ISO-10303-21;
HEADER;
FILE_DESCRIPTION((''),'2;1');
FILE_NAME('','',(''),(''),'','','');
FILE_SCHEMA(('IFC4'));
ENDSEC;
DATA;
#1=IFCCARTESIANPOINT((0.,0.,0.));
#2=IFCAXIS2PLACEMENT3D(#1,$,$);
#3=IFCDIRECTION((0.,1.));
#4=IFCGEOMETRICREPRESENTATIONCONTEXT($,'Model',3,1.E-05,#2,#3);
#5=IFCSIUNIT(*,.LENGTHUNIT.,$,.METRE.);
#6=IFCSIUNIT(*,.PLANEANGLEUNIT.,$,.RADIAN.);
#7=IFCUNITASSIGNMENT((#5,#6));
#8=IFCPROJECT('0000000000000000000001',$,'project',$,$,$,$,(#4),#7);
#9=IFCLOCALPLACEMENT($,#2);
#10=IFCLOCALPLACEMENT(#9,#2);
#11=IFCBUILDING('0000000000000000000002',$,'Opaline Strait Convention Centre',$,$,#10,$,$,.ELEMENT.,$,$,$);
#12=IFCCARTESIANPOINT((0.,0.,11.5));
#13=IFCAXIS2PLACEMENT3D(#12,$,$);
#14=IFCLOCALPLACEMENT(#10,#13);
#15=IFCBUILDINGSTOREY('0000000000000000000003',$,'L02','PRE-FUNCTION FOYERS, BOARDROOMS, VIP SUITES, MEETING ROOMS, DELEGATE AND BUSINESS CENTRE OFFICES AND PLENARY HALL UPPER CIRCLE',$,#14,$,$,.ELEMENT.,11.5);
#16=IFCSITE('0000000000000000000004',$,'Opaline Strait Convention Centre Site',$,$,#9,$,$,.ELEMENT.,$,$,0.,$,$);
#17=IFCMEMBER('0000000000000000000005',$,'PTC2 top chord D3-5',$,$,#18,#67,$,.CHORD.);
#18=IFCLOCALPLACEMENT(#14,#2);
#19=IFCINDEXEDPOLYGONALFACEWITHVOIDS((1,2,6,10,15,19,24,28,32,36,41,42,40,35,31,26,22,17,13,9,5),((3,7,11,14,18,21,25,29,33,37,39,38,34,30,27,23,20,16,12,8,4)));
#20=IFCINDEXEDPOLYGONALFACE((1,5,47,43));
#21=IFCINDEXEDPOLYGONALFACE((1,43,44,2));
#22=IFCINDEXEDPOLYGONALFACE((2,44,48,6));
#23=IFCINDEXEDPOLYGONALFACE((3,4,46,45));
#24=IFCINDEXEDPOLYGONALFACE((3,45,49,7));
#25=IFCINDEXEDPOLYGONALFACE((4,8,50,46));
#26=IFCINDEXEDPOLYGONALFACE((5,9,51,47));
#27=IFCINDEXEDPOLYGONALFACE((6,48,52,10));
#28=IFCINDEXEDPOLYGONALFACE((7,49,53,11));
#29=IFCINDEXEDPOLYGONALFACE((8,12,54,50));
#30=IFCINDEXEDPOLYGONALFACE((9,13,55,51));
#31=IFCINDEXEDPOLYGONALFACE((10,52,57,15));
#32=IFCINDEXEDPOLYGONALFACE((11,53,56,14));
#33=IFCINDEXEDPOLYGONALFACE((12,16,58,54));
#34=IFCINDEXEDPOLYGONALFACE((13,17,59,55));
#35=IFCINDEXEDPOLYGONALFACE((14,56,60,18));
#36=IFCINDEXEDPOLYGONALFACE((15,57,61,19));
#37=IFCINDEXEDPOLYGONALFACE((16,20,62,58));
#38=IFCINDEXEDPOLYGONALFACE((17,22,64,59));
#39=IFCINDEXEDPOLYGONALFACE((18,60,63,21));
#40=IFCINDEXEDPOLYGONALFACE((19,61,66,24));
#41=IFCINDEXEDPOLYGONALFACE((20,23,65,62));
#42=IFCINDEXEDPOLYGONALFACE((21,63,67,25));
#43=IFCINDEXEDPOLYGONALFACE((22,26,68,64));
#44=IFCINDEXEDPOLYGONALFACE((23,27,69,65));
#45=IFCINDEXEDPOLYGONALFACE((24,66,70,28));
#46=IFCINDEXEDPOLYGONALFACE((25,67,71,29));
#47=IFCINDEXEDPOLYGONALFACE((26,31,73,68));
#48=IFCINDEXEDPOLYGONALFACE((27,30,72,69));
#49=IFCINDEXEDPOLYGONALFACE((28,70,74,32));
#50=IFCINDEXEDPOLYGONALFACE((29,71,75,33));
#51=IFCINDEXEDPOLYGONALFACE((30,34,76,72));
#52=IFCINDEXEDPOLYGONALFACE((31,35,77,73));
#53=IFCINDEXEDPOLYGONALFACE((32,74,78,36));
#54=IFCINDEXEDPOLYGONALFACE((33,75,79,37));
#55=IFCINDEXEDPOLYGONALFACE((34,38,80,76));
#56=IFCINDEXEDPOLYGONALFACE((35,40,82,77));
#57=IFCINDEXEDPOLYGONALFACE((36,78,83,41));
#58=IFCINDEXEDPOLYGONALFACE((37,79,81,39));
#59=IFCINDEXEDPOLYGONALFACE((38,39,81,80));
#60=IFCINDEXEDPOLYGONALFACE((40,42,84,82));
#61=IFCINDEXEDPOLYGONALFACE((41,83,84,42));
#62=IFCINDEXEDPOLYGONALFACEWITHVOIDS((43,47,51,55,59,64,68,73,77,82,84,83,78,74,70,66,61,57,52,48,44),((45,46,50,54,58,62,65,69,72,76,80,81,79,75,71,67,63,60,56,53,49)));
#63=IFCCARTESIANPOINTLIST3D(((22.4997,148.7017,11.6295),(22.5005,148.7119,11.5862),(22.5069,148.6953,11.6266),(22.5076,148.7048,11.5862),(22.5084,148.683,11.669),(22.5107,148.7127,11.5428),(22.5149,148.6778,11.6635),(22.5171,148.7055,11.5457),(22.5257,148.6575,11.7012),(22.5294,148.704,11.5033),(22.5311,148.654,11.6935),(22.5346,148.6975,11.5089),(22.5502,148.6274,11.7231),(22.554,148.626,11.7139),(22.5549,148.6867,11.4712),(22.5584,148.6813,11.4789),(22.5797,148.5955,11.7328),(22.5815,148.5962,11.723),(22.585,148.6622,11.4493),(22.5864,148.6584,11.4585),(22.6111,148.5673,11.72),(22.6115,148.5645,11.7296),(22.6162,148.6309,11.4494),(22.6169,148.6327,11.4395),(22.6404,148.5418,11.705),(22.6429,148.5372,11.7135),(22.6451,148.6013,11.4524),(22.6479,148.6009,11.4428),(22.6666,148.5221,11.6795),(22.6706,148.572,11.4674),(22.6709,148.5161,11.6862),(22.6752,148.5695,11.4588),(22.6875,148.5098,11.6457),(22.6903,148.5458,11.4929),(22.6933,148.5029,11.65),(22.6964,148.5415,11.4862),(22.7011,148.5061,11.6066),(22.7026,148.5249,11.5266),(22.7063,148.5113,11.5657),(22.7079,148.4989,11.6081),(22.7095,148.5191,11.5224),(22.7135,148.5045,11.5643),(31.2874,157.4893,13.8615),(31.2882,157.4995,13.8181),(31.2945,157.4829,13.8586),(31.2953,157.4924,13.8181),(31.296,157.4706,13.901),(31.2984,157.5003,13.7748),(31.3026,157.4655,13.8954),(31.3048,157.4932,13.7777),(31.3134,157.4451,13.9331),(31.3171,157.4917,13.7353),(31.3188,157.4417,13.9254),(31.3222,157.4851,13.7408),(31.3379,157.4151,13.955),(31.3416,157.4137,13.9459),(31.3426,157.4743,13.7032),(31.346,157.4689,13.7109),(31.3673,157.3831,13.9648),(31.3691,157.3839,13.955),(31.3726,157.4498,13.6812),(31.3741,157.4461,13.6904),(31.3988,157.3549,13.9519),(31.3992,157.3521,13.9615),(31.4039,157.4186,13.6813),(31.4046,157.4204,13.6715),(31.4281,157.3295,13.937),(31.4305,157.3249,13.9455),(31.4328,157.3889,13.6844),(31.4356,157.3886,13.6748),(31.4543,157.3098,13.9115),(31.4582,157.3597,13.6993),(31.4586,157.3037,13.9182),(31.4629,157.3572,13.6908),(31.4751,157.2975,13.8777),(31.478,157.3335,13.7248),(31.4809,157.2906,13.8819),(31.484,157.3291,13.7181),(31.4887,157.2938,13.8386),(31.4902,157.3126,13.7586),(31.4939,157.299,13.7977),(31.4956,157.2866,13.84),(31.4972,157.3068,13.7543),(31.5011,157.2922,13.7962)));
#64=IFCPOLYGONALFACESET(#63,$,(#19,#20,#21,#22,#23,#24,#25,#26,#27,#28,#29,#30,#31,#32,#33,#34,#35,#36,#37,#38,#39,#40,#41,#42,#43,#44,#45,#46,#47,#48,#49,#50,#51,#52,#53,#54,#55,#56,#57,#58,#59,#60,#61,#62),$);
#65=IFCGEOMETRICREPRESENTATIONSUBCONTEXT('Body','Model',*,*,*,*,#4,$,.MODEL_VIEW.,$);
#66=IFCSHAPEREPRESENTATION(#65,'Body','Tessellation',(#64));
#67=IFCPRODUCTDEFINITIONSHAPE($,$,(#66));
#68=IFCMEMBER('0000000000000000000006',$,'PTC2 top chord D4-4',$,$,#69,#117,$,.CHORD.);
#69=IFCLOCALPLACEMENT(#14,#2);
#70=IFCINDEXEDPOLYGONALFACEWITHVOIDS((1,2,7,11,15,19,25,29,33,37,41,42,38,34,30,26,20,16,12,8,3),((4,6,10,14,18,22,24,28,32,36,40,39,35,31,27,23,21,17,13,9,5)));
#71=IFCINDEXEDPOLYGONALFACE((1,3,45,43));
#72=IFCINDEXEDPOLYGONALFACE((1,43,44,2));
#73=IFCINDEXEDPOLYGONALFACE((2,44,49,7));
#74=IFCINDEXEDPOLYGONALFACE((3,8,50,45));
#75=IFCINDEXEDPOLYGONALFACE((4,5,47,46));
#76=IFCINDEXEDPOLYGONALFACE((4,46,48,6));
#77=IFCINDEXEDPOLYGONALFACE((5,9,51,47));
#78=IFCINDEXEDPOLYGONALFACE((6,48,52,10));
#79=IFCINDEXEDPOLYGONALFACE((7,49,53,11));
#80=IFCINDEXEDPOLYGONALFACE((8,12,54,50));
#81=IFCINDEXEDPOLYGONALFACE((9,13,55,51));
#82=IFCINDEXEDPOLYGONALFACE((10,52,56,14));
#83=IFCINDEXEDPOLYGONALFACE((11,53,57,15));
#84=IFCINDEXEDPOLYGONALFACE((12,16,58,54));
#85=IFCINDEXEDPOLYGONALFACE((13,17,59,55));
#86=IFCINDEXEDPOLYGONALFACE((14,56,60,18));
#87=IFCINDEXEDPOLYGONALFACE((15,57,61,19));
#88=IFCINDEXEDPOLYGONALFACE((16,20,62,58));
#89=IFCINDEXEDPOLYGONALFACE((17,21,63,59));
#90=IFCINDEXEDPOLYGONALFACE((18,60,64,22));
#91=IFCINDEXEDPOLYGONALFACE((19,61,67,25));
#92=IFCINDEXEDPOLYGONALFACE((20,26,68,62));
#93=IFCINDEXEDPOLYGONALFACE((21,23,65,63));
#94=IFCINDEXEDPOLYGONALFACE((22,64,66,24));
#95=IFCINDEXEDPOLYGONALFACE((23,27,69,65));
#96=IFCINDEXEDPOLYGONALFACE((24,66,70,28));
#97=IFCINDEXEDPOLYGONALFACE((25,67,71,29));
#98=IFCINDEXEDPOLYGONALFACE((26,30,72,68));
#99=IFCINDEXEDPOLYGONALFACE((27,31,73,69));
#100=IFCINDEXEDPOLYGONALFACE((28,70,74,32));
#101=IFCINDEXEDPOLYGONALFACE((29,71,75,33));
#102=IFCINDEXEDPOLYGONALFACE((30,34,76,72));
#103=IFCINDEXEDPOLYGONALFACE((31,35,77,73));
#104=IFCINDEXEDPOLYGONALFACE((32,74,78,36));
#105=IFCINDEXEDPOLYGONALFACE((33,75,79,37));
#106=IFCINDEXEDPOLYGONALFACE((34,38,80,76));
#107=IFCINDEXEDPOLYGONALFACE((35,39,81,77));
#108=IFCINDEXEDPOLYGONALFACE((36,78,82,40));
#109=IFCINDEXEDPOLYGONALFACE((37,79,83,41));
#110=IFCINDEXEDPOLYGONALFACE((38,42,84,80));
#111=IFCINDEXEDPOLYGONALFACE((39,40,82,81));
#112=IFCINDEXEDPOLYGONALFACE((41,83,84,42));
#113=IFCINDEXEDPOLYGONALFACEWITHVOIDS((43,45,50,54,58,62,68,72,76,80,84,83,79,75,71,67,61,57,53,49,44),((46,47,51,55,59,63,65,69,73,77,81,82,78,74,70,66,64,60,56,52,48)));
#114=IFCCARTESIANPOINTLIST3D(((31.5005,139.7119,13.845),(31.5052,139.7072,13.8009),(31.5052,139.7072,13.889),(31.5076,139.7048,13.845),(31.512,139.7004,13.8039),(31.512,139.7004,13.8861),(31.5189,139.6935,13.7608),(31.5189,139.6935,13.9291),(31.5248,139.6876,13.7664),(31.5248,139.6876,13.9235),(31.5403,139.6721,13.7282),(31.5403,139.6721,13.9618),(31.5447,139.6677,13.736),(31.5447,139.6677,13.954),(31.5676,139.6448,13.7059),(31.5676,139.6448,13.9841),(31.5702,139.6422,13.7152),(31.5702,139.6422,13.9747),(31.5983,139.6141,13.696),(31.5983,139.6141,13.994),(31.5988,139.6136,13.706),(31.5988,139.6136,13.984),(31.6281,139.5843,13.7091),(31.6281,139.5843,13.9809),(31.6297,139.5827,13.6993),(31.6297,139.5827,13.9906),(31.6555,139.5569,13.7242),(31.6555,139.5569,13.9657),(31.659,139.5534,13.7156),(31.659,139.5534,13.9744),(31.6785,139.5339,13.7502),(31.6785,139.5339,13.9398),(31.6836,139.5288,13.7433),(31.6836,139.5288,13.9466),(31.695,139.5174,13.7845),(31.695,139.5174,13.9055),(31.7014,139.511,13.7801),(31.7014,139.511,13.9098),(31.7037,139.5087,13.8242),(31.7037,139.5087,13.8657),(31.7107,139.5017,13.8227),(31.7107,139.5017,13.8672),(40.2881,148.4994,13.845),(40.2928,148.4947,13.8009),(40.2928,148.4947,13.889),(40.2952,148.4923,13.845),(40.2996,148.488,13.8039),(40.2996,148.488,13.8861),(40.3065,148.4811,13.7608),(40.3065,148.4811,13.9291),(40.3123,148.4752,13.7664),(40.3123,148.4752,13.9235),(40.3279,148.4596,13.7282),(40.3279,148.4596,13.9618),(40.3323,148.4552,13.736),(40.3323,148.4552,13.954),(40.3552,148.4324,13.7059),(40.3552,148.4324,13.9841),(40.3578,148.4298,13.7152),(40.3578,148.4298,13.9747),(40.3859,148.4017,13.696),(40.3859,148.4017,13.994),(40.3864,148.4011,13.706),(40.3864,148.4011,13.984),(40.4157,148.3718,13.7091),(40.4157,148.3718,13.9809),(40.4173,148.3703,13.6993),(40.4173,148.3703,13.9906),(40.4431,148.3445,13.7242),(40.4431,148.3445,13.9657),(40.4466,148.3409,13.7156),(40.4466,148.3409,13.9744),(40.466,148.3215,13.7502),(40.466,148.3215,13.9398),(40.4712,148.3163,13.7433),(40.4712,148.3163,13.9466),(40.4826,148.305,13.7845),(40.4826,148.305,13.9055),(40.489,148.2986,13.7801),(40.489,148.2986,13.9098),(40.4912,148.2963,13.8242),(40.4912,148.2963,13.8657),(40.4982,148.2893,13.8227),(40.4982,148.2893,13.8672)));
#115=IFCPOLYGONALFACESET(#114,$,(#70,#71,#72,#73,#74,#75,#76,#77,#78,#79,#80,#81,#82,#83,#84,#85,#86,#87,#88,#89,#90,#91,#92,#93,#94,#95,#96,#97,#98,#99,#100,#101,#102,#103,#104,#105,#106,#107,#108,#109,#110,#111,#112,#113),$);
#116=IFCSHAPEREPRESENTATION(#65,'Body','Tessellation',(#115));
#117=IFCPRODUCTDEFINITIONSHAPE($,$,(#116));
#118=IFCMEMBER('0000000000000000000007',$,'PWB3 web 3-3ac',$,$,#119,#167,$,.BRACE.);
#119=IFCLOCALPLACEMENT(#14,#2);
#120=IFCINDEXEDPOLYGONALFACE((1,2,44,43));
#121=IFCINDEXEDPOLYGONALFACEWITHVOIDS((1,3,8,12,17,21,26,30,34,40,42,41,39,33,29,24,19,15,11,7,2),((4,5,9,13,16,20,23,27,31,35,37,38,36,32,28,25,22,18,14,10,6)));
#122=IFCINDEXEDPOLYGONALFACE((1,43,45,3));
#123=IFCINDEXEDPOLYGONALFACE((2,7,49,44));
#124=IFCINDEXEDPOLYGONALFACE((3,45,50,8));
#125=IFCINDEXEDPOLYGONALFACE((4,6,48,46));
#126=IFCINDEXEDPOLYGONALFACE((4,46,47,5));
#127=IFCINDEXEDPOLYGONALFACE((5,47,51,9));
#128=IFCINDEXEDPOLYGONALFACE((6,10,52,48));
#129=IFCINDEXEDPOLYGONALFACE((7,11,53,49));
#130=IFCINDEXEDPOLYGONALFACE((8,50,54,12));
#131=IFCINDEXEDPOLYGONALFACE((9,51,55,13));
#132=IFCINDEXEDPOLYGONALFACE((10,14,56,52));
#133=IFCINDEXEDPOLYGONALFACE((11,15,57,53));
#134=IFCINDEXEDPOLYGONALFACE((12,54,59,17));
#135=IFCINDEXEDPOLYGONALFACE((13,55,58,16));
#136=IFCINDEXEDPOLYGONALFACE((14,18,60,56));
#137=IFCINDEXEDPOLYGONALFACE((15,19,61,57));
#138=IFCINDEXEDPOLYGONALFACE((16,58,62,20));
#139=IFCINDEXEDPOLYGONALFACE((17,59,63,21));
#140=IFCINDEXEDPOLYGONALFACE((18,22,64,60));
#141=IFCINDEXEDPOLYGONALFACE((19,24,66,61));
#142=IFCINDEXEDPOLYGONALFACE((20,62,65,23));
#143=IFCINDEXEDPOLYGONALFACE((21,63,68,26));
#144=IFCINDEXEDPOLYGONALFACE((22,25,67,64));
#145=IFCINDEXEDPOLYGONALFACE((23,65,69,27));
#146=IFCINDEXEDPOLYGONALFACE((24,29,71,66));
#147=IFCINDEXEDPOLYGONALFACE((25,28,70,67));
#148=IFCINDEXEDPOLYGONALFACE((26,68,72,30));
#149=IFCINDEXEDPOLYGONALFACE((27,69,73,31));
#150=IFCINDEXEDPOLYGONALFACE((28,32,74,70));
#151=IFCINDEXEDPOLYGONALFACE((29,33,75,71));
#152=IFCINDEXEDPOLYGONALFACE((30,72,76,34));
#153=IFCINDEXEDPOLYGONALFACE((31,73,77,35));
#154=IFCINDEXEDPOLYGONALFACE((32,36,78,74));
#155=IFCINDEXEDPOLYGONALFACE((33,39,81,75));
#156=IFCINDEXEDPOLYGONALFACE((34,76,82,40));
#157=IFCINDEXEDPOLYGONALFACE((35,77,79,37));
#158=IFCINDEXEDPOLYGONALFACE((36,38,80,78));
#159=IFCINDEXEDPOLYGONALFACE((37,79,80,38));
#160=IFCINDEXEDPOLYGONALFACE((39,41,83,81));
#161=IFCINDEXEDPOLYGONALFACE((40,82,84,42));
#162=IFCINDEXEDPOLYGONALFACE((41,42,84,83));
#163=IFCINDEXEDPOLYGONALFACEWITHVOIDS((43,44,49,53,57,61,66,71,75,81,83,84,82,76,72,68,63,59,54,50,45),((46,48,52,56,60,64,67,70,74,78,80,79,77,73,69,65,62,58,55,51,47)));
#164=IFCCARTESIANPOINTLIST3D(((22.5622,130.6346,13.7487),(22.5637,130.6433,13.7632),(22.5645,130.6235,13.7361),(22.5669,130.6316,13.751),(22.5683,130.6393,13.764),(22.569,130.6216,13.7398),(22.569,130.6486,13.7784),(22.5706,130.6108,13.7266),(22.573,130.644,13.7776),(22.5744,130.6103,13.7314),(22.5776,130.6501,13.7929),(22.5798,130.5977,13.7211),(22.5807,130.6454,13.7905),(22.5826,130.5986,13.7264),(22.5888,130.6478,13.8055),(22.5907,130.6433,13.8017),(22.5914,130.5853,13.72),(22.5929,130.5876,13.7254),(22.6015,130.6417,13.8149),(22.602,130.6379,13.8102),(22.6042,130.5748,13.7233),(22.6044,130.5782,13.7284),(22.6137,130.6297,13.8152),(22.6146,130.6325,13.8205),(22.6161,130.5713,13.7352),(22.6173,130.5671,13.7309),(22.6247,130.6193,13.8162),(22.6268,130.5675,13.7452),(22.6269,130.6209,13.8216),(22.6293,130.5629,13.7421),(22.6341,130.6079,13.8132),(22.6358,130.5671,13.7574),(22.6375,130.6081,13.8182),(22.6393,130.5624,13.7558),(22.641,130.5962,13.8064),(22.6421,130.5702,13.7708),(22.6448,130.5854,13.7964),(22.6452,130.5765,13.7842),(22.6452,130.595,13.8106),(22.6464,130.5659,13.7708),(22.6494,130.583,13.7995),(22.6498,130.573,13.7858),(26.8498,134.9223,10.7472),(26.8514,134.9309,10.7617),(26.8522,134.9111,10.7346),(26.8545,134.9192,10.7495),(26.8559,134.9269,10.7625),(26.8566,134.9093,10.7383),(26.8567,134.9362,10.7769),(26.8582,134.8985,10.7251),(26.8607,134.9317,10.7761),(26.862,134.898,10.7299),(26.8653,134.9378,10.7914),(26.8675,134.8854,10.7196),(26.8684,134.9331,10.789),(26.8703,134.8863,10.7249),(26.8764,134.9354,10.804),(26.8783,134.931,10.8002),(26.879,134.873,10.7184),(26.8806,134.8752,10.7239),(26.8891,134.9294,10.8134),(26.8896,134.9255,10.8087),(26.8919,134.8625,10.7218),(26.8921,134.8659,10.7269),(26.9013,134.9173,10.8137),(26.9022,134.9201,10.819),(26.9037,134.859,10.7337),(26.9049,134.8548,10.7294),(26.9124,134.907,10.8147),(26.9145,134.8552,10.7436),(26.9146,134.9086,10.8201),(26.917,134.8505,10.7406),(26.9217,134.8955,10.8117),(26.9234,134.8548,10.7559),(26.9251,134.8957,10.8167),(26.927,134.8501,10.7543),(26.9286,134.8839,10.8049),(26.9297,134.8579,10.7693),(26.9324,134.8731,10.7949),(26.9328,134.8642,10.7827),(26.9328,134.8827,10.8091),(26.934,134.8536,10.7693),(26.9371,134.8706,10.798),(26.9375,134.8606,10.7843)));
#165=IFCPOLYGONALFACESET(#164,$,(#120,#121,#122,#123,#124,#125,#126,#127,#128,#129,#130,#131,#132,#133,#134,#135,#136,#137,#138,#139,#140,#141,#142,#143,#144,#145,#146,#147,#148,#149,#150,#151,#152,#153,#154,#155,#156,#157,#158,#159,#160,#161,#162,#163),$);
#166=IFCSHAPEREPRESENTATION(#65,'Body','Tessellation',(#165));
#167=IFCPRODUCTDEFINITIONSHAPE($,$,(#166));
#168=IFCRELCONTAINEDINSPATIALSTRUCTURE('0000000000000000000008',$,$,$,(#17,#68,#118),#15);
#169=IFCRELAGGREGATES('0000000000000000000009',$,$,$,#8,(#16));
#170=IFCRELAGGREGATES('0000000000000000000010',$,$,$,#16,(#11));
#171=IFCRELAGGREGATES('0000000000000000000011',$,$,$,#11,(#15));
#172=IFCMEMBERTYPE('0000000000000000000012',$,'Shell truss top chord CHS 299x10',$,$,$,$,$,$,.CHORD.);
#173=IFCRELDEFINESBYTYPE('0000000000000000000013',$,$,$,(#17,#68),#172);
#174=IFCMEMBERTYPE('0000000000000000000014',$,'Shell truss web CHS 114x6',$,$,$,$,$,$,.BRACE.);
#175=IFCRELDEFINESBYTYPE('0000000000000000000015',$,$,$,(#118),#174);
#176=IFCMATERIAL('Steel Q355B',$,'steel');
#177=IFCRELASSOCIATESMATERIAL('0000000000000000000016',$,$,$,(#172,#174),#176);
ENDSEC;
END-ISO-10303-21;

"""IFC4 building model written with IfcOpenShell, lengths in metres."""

from ifc_helpers import new_model, si_unit, direction, frame, origin, origin_2d, place, context, subcontext, project, spatial, hollow_circle, extrude, material, material_profile, profile_set, type_object, element, save


model = new_model("IFC4")

# Units and contexts
model_context = context("Model", 3, precision=1e-05, world=origin(), true_north=direction((0.0, 1.0)))
body_context = subcontext(model_context, "Body", "Model", "MODEL_VIEW")
ifc_project = project(units=[si_unit("LENGTHUNIT", "METRE"), si_unit("PLANEANGLEUNIT", "RADIAN")], contexts=[model_context])

# Site, building, storey
site_placement = place(None, origin())
site = spatial("IfcSite", under=ifc_project, at=site_placement, Name="Opaline Strait Convention Centre Site", CompositionType="ELEMENT", RefElevation=0.0)
building_placement = place(site_placement, origin())
building = spatial("IfcBuilding", under=site, at=building_placement, Name="Opaline Strait Convention Centre", CompositionType="ELEMENT")
storey_placement = place(building_placement, frame((0.0, 0.0, 11.5)))
storey = spatial("IfcBuildingStorey", under=building, at=storey_placement, Name="L02", Description="PRE-FUNCTION FOYERS, BOARDROOMS, VIP SUITES, MEETING ROOMS, DELEGATE AND BUSINESS CENTRE OFFICES AND PLENARY HALL UPPER CIRCLE", CompositionType="ELEMENT", Elevation=11.5)

# Members
ifc_material_1 = material(Name="Steel Q355B", Category="steel")
ifc_material_profile_1 = material_profile(ifc_material_1, hollow_circle(Radius=0.1494, WallThickness=0.01, at=origin_2d()), Name="CHS 299x10")
ifc_profile_set_1 = profile_set([ifc_material_profile_1], Name="Steel Q355B")
member_type_1 = type_object("IfcMemberType", Name="Shell truss top chord CHS 299x10", PredefinedType="CHORD", material=ifc_profile_set_1)
member_1_placement = place(storey_placement, frame((22.6062, 148.6062, 11.5862), z_axis=(0.695972, 0.695972, 0.176768), x_axis=(-0.707107, 0.707107, 0.0)))
element("IfcMember", 1, at=member_1_placement, inside=storey, type_object=member_type_1, Name="PTC2 top chord D3-5", PredefinedType="CHORD", context=body_context, shape_type="SweptSolid", body=[
    extrude(hollow_circle(Radius=0.1494, WallThickness=0.01, at=origin_2d()), origin(), (0.0, 0.0, 1.0), 12.6265),
])
member_2_placement = place(storey_placement, frame((31.6062, 139.6062, 13.845), z_axis=(0.707107, 0.707107, 0.0), x_axis=(-0.707107, 0.707107, 0.0)))
element("IfcMember", 2, at=member_2_placement, inside=storey, type_object=member_type_1, Name="PTC2 top chord D4-4", PredefinedType="CHORD", context=body_context, shape_type="SweptSolid", body=[
    extrude(hollow_circle(Radius=0.1494, WallThickness=0.01, at=origin_2d()), origin(), (0.0, 0.0, 1.0), 12.4275),
])
ifc_material_profile_2 = material_profile(ifc_material_1, hollow_circle(Radius=0.0569, WallThickness=0.0061, at=origin_2d()), Name="CHS 114x6")
ifc_profile_set_2 = profile_set([ifc_material_profile_2], Name="Steel Q355B")
member_type_2 = type_object("IfcMemberType", Name="Shell truss web CHS 114x6", PredefinedType="BRACE", material=ifc_profile_set_2)
member_3_placement = place(storey_placement, frame((26.8938, 134.8938, 10.7693), z_axis=(-0.633718, -0.633718, 0.443624), x_axis=(0.707107, -0.707107, 0.0)))
element("IfcMember", 3, at=member_3_placement, inside=storey, type_object=member_type_2, Name="PWB3 web 3-3ac", PredefinedType="BRACE", context=body_context, shape_type="SweptSolid", body=[
    extrude(hollow_circle(Radius=0.0569, WallThickness=0.0061, at=origin_2d()), origin(), (0.0, 0.0, 1.0), 6.7659),
])

save(model, "model.ifc")
